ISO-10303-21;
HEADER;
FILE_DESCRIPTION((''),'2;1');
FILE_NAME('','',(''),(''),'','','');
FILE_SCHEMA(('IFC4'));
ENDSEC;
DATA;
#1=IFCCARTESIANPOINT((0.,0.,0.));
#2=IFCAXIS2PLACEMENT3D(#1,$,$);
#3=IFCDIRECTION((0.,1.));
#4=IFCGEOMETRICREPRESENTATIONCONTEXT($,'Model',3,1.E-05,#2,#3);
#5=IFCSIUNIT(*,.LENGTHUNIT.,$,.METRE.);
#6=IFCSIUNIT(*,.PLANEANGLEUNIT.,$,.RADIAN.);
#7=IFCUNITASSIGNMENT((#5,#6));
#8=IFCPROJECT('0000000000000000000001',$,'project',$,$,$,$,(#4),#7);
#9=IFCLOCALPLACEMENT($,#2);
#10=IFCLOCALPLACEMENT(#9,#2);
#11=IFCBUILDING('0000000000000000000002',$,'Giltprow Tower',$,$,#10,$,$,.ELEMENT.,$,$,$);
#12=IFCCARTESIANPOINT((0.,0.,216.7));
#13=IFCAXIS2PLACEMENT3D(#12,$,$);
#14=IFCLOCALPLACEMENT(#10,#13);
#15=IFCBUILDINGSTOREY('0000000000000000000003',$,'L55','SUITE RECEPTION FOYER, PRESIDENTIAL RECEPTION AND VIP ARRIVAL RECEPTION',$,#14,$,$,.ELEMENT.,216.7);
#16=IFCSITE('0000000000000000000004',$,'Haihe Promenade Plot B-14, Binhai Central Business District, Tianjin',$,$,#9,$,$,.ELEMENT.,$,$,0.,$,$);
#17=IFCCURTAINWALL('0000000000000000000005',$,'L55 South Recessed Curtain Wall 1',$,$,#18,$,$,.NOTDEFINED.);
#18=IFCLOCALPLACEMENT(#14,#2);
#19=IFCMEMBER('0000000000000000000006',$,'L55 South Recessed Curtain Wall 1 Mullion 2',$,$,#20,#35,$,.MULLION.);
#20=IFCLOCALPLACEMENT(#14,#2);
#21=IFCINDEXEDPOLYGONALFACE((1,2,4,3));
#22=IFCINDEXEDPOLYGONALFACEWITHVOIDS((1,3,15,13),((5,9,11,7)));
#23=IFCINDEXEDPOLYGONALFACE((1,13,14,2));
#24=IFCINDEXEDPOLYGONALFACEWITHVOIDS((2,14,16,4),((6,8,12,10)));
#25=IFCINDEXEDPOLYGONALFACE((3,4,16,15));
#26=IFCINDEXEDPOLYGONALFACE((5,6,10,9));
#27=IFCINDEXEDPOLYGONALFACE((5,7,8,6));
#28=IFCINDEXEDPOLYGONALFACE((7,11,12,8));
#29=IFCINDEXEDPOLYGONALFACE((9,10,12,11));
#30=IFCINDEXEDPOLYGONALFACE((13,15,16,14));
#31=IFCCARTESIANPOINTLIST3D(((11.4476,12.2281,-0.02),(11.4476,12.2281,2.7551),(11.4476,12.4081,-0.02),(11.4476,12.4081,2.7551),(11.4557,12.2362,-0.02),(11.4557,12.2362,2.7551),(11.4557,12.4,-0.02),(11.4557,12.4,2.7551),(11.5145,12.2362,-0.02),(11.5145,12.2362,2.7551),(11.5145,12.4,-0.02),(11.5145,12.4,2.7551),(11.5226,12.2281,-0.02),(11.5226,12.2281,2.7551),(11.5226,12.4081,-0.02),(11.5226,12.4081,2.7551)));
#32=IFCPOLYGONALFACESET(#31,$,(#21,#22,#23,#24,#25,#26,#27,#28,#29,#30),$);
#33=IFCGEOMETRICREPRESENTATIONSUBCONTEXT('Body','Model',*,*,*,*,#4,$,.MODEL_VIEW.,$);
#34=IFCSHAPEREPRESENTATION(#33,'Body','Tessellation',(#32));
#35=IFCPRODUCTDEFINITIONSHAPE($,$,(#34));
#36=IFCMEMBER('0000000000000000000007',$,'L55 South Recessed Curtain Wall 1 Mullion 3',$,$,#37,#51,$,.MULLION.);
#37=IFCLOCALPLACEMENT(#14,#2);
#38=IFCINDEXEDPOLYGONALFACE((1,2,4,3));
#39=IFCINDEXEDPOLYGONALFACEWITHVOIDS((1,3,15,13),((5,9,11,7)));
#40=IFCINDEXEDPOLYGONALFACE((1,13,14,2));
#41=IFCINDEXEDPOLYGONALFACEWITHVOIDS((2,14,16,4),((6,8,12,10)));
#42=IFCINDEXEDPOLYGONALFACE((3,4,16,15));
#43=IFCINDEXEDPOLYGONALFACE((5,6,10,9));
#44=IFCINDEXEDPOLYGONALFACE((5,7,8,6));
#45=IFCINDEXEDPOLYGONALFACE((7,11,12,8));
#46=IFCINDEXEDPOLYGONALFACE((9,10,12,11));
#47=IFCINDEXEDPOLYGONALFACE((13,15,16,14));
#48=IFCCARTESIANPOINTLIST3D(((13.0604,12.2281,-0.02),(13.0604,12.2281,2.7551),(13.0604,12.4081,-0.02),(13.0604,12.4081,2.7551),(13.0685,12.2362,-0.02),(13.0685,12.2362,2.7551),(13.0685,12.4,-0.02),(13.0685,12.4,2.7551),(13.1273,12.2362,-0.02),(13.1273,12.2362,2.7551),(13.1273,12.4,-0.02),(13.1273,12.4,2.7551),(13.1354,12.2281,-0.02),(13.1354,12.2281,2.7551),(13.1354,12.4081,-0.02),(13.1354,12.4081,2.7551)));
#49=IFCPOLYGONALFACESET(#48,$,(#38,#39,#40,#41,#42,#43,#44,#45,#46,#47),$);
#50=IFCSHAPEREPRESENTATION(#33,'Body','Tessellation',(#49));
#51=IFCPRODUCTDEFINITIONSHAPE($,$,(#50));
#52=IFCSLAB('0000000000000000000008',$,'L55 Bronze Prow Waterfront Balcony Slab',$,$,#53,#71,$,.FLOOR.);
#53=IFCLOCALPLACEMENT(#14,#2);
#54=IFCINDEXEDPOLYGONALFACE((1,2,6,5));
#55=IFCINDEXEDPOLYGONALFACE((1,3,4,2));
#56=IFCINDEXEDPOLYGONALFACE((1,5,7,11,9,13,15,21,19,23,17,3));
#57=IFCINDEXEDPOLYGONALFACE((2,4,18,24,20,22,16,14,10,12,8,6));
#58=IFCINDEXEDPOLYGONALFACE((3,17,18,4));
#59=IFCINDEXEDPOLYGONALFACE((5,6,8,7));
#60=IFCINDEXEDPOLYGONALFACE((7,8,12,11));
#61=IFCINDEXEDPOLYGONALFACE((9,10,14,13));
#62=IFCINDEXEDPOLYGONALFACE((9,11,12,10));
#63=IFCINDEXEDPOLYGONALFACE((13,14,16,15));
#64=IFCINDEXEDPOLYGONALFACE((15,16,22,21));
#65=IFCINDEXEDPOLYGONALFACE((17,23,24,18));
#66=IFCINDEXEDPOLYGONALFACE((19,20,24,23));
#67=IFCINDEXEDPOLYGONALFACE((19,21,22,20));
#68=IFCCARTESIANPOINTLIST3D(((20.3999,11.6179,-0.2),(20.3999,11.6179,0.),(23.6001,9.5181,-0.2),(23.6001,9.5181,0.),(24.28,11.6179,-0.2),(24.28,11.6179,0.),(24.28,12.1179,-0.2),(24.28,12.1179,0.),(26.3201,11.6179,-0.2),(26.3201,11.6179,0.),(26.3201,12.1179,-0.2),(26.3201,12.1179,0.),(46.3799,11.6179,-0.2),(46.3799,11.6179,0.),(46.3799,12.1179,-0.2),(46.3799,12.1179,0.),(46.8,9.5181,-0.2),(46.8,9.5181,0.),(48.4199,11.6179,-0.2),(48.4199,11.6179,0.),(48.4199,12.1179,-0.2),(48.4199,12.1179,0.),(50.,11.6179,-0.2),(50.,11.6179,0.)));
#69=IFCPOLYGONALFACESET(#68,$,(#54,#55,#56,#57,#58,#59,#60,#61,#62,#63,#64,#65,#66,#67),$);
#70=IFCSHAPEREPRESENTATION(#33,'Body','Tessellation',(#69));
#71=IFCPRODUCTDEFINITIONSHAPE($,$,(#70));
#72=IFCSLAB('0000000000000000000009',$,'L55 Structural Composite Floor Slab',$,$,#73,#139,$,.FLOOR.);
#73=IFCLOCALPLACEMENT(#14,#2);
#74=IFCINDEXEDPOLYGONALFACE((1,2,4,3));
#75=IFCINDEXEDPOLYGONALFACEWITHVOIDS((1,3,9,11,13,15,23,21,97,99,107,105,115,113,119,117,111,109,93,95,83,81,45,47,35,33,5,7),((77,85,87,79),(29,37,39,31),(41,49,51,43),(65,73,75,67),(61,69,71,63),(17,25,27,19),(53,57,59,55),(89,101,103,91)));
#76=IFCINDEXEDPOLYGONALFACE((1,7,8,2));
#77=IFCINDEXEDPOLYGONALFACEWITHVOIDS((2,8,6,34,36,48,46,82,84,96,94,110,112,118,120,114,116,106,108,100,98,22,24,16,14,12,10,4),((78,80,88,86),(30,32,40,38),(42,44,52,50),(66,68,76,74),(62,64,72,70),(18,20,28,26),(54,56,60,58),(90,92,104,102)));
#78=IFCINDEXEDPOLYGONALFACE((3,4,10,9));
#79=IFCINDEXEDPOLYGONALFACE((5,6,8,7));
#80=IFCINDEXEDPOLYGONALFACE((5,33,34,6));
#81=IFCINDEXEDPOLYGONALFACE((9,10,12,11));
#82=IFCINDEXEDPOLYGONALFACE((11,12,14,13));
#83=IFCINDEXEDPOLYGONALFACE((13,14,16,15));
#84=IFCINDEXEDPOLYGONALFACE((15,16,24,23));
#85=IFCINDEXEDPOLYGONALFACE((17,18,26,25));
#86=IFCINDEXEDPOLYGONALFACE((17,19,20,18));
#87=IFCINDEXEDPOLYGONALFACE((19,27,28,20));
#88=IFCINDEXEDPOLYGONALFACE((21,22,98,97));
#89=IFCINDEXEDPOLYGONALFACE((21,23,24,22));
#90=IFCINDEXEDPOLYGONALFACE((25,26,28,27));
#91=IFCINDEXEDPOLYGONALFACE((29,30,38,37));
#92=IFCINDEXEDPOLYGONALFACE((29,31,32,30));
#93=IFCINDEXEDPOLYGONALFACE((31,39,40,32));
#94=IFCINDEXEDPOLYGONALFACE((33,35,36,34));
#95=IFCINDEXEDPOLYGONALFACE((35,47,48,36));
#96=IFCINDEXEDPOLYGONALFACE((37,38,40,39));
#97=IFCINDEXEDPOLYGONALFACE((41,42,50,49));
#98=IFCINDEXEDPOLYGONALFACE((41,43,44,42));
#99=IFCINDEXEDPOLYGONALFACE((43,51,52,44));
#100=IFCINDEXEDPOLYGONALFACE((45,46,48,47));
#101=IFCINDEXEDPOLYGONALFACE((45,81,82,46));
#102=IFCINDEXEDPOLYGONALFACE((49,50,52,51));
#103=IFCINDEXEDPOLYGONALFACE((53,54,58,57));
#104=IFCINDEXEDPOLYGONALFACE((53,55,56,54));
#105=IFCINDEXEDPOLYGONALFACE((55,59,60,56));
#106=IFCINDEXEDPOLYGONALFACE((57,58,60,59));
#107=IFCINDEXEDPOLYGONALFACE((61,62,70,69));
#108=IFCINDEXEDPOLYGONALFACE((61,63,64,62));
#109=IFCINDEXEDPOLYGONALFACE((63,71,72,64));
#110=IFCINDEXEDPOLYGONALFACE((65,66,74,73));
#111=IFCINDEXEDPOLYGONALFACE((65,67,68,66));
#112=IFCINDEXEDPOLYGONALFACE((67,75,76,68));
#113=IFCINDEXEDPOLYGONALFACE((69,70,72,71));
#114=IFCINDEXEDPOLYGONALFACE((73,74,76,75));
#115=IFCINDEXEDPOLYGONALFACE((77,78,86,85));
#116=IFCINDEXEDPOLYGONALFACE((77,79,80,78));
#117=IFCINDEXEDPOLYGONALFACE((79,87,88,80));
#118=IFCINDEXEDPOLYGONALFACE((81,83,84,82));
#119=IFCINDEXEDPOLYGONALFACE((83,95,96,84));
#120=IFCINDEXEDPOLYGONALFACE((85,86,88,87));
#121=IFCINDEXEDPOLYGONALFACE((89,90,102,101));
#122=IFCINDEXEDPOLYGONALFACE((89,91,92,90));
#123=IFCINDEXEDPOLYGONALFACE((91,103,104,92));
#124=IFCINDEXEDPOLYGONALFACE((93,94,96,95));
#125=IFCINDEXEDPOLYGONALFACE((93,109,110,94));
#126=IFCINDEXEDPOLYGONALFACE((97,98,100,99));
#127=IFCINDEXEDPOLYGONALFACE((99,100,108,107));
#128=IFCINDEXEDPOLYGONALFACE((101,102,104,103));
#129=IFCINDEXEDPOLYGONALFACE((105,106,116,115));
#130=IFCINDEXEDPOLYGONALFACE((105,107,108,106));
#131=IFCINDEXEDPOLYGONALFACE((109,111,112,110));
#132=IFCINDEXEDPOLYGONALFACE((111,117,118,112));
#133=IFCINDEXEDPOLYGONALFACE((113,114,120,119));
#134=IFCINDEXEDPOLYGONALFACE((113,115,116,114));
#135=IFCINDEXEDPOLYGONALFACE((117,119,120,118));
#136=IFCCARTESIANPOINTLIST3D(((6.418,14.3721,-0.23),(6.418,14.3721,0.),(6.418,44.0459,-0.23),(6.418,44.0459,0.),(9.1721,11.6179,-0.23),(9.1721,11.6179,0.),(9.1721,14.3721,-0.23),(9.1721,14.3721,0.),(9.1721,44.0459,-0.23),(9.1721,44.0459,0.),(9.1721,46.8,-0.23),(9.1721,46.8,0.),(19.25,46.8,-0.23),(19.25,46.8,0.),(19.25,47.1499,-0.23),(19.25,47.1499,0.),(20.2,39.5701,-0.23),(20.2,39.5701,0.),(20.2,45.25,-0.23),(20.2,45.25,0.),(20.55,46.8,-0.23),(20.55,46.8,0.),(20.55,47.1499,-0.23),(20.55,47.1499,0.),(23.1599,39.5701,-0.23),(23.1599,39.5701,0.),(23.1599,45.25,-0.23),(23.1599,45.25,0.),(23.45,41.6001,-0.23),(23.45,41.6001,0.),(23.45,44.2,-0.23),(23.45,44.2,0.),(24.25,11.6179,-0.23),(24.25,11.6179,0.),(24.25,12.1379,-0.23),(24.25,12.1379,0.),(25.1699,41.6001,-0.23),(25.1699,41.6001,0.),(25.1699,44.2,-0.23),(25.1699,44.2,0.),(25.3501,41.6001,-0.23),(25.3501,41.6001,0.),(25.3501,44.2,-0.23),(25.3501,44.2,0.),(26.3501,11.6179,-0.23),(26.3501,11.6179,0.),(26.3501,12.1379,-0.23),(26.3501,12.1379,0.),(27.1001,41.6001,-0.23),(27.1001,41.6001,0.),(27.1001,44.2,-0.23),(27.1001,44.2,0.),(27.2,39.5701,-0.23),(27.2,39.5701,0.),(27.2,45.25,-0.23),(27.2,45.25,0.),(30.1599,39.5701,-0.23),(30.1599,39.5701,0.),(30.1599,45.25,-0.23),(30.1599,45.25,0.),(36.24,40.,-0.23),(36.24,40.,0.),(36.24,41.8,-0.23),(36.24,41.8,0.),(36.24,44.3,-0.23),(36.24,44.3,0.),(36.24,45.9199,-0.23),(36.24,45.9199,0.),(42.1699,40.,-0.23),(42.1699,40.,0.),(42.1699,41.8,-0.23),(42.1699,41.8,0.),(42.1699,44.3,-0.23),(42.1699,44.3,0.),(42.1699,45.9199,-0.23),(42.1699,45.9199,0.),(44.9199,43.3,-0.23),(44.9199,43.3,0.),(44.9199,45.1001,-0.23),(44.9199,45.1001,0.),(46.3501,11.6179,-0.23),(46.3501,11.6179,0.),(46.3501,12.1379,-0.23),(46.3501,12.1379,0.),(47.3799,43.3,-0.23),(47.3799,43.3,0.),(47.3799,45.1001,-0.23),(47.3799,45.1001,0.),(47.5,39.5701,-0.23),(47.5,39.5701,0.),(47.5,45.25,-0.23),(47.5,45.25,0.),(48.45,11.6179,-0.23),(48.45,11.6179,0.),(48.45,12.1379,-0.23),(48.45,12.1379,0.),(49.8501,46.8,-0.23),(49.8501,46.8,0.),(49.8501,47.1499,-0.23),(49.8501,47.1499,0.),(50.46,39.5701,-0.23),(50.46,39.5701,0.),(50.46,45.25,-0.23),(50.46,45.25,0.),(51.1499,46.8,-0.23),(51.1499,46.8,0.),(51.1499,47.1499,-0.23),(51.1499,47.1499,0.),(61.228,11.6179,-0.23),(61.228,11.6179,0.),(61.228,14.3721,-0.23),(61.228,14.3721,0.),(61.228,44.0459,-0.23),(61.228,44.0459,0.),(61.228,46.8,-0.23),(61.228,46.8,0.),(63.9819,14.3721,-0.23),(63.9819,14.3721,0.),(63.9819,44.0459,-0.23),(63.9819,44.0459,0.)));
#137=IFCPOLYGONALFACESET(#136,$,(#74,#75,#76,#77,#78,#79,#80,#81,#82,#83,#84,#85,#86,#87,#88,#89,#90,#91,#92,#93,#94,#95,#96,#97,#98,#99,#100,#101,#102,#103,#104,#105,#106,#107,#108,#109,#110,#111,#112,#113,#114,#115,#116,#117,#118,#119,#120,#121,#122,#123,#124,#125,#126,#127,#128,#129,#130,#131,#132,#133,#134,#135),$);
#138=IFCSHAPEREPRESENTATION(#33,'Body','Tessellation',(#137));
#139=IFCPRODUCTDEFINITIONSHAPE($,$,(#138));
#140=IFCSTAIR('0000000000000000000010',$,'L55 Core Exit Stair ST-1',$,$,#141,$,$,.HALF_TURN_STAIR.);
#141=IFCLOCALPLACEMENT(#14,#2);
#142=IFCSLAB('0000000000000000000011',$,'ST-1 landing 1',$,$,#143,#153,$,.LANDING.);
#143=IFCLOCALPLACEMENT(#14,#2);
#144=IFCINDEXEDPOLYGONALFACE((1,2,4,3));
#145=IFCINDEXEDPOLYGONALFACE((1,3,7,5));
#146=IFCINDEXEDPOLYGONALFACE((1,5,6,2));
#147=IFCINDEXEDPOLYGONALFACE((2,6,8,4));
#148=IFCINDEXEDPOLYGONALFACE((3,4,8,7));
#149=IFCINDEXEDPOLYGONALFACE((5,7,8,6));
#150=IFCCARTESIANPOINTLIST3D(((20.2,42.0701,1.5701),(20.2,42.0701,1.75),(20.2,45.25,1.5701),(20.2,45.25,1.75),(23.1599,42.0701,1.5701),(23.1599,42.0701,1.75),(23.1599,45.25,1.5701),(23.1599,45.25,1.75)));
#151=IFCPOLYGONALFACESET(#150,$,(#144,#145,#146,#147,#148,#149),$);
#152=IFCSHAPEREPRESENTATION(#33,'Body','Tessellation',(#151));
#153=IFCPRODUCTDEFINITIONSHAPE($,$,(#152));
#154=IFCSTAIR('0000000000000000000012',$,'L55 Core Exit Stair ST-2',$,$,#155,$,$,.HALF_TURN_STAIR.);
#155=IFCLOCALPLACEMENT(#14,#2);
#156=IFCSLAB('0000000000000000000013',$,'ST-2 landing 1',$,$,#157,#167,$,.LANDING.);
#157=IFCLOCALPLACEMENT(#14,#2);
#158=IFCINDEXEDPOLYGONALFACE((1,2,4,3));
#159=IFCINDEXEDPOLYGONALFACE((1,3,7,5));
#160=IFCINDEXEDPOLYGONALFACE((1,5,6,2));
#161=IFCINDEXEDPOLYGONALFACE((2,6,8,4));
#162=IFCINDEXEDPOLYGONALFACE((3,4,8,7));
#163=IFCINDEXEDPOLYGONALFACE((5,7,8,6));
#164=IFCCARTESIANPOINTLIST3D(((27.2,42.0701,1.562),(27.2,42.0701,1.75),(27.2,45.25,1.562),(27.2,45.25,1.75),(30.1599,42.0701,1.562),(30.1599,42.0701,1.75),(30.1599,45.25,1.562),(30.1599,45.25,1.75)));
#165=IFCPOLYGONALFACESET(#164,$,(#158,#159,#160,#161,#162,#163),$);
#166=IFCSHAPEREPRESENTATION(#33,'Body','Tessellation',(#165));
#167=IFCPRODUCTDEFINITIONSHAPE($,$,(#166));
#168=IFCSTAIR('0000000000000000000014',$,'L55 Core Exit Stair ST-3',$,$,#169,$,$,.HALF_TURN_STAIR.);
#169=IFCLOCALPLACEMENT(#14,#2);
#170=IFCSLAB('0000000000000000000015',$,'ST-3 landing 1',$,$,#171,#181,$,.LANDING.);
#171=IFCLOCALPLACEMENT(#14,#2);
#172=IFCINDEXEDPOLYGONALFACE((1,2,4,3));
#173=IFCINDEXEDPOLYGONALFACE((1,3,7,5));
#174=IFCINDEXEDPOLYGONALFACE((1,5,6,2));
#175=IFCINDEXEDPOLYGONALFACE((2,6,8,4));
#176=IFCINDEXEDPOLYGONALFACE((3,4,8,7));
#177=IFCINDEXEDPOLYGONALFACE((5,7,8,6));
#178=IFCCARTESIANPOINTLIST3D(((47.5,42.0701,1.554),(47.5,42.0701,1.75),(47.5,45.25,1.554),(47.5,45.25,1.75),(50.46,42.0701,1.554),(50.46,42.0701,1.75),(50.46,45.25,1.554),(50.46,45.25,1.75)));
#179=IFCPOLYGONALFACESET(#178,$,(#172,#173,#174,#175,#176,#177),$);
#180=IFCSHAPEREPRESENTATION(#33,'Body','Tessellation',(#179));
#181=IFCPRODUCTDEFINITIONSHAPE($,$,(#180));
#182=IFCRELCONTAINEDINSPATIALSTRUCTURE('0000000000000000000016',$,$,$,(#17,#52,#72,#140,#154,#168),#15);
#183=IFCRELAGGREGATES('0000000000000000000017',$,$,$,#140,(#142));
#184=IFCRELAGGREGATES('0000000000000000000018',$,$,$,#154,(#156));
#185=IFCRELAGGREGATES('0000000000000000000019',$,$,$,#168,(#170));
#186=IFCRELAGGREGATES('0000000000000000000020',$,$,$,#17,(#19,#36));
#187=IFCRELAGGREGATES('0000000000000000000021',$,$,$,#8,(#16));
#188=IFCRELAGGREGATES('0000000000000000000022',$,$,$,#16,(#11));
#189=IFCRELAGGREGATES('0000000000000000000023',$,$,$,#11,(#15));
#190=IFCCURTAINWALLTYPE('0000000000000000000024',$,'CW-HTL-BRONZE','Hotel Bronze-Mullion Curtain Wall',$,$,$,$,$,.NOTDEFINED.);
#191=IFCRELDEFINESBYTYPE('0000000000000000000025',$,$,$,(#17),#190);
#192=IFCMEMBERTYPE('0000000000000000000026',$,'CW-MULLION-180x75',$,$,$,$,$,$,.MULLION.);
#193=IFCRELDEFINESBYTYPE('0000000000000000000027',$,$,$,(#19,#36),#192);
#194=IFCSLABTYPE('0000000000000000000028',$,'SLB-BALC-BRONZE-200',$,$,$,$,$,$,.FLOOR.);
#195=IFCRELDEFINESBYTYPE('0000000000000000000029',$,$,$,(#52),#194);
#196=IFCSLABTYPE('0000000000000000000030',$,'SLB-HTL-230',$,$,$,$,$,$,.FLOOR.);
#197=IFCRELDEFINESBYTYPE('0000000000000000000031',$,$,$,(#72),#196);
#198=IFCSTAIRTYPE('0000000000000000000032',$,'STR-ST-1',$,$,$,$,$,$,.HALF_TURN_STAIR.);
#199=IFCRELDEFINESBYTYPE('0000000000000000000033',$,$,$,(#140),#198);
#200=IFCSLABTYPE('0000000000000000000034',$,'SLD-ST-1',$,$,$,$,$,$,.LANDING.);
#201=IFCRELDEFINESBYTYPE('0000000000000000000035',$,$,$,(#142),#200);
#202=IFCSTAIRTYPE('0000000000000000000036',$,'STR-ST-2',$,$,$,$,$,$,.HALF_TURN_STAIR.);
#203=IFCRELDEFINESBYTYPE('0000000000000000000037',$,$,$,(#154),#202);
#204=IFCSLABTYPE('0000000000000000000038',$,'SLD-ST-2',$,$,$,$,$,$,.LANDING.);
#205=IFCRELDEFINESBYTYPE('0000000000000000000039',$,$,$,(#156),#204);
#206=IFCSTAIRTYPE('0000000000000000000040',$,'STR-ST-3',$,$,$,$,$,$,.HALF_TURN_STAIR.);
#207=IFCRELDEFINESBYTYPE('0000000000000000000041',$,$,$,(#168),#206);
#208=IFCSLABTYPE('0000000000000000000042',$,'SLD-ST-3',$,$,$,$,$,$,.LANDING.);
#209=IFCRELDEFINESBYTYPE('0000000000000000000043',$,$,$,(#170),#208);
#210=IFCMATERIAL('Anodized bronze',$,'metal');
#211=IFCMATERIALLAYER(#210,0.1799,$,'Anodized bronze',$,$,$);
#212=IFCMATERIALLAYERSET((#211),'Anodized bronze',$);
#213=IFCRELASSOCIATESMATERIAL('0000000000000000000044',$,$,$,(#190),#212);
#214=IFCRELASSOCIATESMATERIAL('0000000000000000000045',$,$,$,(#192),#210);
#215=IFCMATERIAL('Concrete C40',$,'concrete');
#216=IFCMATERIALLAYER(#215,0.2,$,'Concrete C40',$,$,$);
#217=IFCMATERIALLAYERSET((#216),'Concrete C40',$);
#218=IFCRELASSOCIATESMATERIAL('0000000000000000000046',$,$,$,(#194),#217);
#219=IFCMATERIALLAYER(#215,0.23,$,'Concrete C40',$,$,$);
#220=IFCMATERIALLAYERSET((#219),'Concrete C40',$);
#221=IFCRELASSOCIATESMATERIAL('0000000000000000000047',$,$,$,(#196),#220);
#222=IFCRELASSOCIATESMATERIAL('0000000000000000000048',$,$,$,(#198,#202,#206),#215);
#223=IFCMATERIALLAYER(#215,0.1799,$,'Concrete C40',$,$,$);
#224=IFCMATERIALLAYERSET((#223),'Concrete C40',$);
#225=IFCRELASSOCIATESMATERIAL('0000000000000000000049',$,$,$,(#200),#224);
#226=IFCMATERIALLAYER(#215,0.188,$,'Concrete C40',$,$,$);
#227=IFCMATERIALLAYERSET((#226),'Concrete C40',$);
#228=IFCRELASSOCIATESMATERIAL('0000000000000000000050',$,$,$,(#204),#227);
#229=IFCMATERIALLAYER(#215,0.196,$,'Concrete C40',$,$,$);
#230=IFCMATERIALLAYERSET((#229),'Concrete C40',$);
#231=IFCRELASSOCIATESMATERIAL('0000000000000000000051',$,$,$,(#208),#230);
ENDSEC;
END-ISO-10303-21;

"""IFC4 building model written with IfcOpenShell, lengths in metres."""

from ifc_helpers import new_model, si_unit, direction, frame, origin, origin_2d, place, context, subcontext, project, spatial, polyline, hollow_rectangle, outline, extrude, source, transform, mapped, material, layer, layer_set, material_profile, profile_set, type_object, element, aggregate, save


model = new_model("IFC4")

# Units and contexts
model_context = context("Model", 3, precision=1e-05, world=origin(), true_north=direction((0.0, 1.0)))
body_context = subcontext(model_context, "Body", "Model", "MODEL_VIEW")
ifc_project = project(units=[si_unit("LENGTHUNIT", "METRE"), si_unit("PLANEANGLEUNIT", "RADIAN")], contexts=[model_context])

# Site, building, storey
site_placement = place(None, origin())
site = spatial("IfcSite", under=ifc_project, at=site_placement, Name="Haihe Promenade Plot B-14, Binhai Central Business District, Tianjin", CompositionType="ELEMENT", RefElevation=0.0)
building_placement = place(site_placement, origin())
building = spatial("IfcBuilding", under=site, at=building_placement, Name="Giltprow Tower", CompositionType="ELEMENT")
storey_placement = place(building_placement, frame((0.0, 0.0, 216.7)))
storey = spatial("IfcBuildingStorey", under=building, at=storey_placement, Name="L55", Description="SUITE RECEPTION FOYER, PRESIDENTIAL RECEPTION AND VIP ARRIVAL RECEPTION", CompositionType="ELEMENT", Elevation=216.7)

# Curtain wall, members
ifc_material_1 = material(Name="Anodized bronze", Category="metal")
ifc_layer_1 = layer(ifc_material_1, 0.1799, Name="Anodized bronze")
ifc_layer_set_1 = layer_set([ifc_layer_1], Name="Anodized bronze")
curtain_wall_type = type_object("IfcCurtainWallType", Name="CW-HTL-BRONZE", Description="Hotel Bronze-Mullion Curtain Wall", PredefinedType="NOTDEFINED", material=ifc_layer_set_1)
curtain_wall_placement = place(storey_placement, origin())
curtain_wall = element("IfcCurtainWall", 1, at=curtain_wall_placement, inside=storey, type_object=curtain_wall_type, Name="L55 South Recessed Curtain Wall 1", PredefinedType="NOTDEFINED")
ifc_material_profile_1 = material_profile(ifc_material_1, hollow_rectangle(XDim=0.075, YDim=0.1799, WallThickness=0.0081, at=origin_2d()), Name="RHS 180x75x8")
ifc_profile_set_1 = profile_set([ifc_material_profile_1], Name="Anodized bronze")
member_type_1 = type_object("IfcMemberType", Name="CW-MULLION-180x75", PredefinedType="MULLION", material=ifc_profile_set_1)
shared_shape_1 = source(origin(), body_context, "Body", "SweptSolid", [
    extrude(hollow_rectangle(XDim=0.075, YDim=0.1799, WallThickness=0.0081, at=origin_2d()), origin(), (0.0, 0.0, 1.0), 2.7751),
])
member_1_placement = place(storey_placement, frame((11.4851, 12.3181, -0.02), z_axis=(0.0, 0.0, 1.0), x_axis=(1.0, 0.0, 0.0)))
member_1 = element("IfcMember", 2, at=member_1_placement, type_object=member_type_1, Name="L55 South Recessed Curtain Wall 1 Mullion 2", PredefinedType="MULLION", context=body_context, shape_type="MappedRepresentation", body=[
    mapped(shared_shape_1, transform((0.0, 0.0, 0.0), x_axis=(1.0, 0.0, 0.0), y_axis=(0.0, 1.0, 0.0), z_axis=(0.0, 0.0, 1.0), scale=1.0)),
])
member_2_placement = place(storey_placement, frame((13.0979, 12.3181, -0.02), z_axis=(0.0, 0.0, 1.0), x_axis=(1.0, 0.0, 0.0)))
member_2 = element("IfcMember", 3, at=member_2_placement, type_object=member_type_1, Name="L55 South Recessed Curtain Wall 1 Mullion 3", PredefinedType="MULLION", context=body_context, shape_type="MappedRepresentation", body=[
    mapped(shared_shape_1, transform((0.0, 0.0, 0.0), x_axis=(1.0, 0.0, 0.0), y_axis=(0.0, 1.0, 0.0), z_axis=(0.0, 0.0, 1.0), scale=1.0)),
])

# Slabs
ifc_material_2 = material(Name="Concrete C40", Category="concrete")
ifc_layer_2 = layer(ifc_material_2, 0.2, Name="Concrete C40")
ifc_layer_set_2 = layer_set([ifc_layer_2], Name="Concrete C40")
slab_type_1 = type_object("IfcSlabType", Name="SLB-BALC-BRONZE-200", PredefinedType="FLOOR", material=ifc_layer_set_2)
slab_1_placement = place(storey_placement, frame((0.0, 0.0, -0.2)))
element("IfcSlab", 4, at=slab_1_placement, inside=storey, type_object=slab_type_1, Name="L55 Bronze Prow Waterfront Balcony Slab", PredefinedType="FLOOR", context=body_context, shape_type="SweptSolid", body=[
    extrude(outline(polyline([(50.0, 11.6179), (46.8, 9.5181), (23.6001, 9.5181), (20.3999, 11.6179), (24.28, 11.6179), (24.28, 12.1179), (26.3201, 12.1179), (26.3201, 11.6179), (46.3799, 11.6179), (46.3799, 12.1179), (48.4199, 12.1179), (48.4199, 11.6179), (50.0, 11.6179)])), origin(), (0.0, 0.0, 1.0), 0.2),
])
ifc_layer_3 = layer(ifc_material_2, 0.23, Name="Concrete C40")
ifc_layer_set_3 = layer_set([ifc_layer_3], Name="Concrete C40")
slab_type_2 = type_object("IfcSlabType", Name="SLB-HTL-230", PredefinedType="FLOOR", material=ifc_layer_set_3)
slab_2_placement = place(storey_placement, frame((0.0, 0.0, -0.23)))
element("IfcSlab", 5, at=slab_2_placement, inside=storey, type_object=slab_type_2, Name="L55 Structural Composite Floor Slab", PredefinedType="FLOOR", context=body_context, shape_type="SweptSolid", body=[
    extrude(outline(polyline([(63.9819, 44.0459), (63.9819, 14.3721), (61.228, 14.3721), (61.228, 11.6179), (48.45, 11.6179), (48.45, 12.1379), (46.3501, 12.1379), (46.3501, 11.6179), (26.3501, 11.6179), (26.3501, 12.1379), (24.25, 12.1379), (24.25, 11.6179), (9.1721, 11.6179), (9.1721, 14.3721), (6.418, 14.3721), (6.418, 44.0459), (9.1721, 44.0459), (9.1721, 46.8), (19.25, 46.8), (19.25, 47.1499), (20.55, 47.1499), (20.55, 46.8), (49.8501, 46.8), (49.8501, 47.1499), (51.1499, 47.1499), (51.1499, 46.8), (61.228, 46.8), (61.228, 44.0459), (63.9819, 44.0459)]), holes=[polyline([(42.1699, 41.8), (36.24, 41.8), (36.24, 40.0), (42.1699, 40.0), (42.1699, 41.8)]), polyline([(23.1599, 39.5701), (23.1599, 45.25), (20.2, 45.25), (20.2, 39.5701), (23.1599, 39.5701)]), polyline([(30.1599, 39.5701), (30.1599, 45.25), (27.2, 45.25), (27.2, 39.5701), (30.1599, 39.5701)]), polyline([(50.46, 45.25), (47.5, 45.25), (47.5, 39.5701), (50.46, 39.5701), (50.46, 45.25)]), polyline([(25.1699, 44.2), (23.45, 44.2), (23.45, 41.6001), (25.1699, 41.6001), (25.1699, 44.2)]), polyline([(27.1001, 44.2), (25.3501, 44.2), (25.3501, 41.6001), (27.1001, 41.6001), (27.1001, 44.2)]), polyline([(47.3799, 43.3), (47.3799, 45.1001), (44.9199, 45.1001), (44.9199, 43.3), (47.3799, 43.3)]), polyline([(42.1699, 44.3), (42.1699, 45.9199), (36.24, 45.9199), (36.24, 44.3), (42.1699, 44.3)])]), origin(), (0.0, 0.0, 1.0), 0.23),
])

# Stairs, slabs
stair_type_1 = type_object("IfcStairType", Name="STR-ST-1", PredefinedType="HALF_TURN_STAIR", material=ifc_material_2)
stair_1_placement = place(storey_placement, origin())
stair_1 = element("IfcStair", 6, at=stair_1_placement, inside=storey, type_object=stair_type_1, Name="L55 Core Exit Stair ST-1", PredefinedType="HALF_TURN_STAIR")
ifc_layer_4 = layer(ifc_material_2, 0.1799, Name="Concrete C40")
ifc_layer_set_4 = layer_set([ifc_layer_4], Name="Concrete C40")
slab_type_3 = type_object("IfcSlabType", Name="SLD-ST-1", PredefinedType="LANDING", material=ifc_layer_set_4)
slab_3_placement = place(storey_placement, frame((0.0, 0.0, 1.5701)))
slab_3 = element("IfcSlab", 7, at=slab_3_placement, type_object=slab_type_3, Name="ST-1 landing 1", PredefinedType="LANDING", context=body_context, shape_type="SweptSolid", body=[
    extrude(outline(polyline([(23.1599, 42.0701), (23.1599, 45.25), (20.2, 45.25), (20.2, 42.0701), (23.1599, 42.0701)])), origin(), (0.0, 0.0, 1.0), 0.1799),
])
aggregate(stair_1, [slab_3])
stair_type_2 = type_object("IfcStairType", Name="STR-ST-2", PredefinedType="HALF_TURN_STAIR", material=ifc_material_2)
stair_2_placement = place(storey_placement, origin())
stair_2 = element("IfcStair", 8, at=stair_2_placement, inside=storey, type_object=stair_type_2, Name="L55 Core Exit Stair ST-2", PredefinedType="HALF_TURN_STAIR")
ifc_layer_5 = layer(ifc_material_2, 0.188, Name="Concrete C40")
ifc_layer_set_5 = layer_set([ifc_layer_5], Name="Concrete C40")
slab_type_4 = type_object("IfcSlabType", Name="SLD-ST-2", PredefinedType="LANDING", material=ifc_layer_set_5)
slab_4_placement = place(storey_placement, frame((0.0, 0.0, 1.562)))
slab_4 = element("IfcSlab", 9, at=slab_4_placement, type_object=slab_type_4, Name="ST-2 landing 1", PredefinedType="LANDING", context=body_context, shape_type="SweptSolid", body=[
    extrude(outline(polyline([(30.1599, 42.0701), (30.1599, 45.25), (27.2, 45.25), (27.2, 42.0701), (30.1599, 42.0701)])), origin(), (0.0, 0.0, 1.0), 0.188),
])
aggregate(stair_2, [slab_4])
stair_type_3 = type_object("IfcStairType", Name="STR-ST-3", PredefinedType="HALF_TURN_STAIR", material=ifc_material_2)
stair_3_placement = place(storey_placement, origin())
stair_3 = element("IfcStair", 10, at=stair_3_placement, inside=storey, type_object=stair_type_3, Name="L55 Core Exit Stair ST-3", PredefinedType="HALF_TURN_STAIR")
ifc_layer_6 = layer(ifc_material_2, 0.196, Name="Concrete C40")
ifc_layer_set_6 = layer_set([ifc_layer_6], Name="Concrete C40")
slab_type_5 = type_object("IfcSlabType", Name="SLD-ST-3", PredefinedType="LANDING", material=ifc_layer_set_6)
slab_5_placement = place(storey_placement, frame((0.0, 0.0, 1.554)))
slab_5 = element("IfcSlab", 11, at=slab_5_placement, type_object=slab_type_5, Name="ST-3 landing 1", PredefinedType="LANDING", context=body_context, shape_type="SweptSolid", body=[
    extrude(outline(polyline([(50.46, 42.0701), (50.46, 45.25), (47.5, 45.25), (47.5, 42.0701), (50.46, 42.0701)])), origin(), (0.0, 0.0, 1.0), 0.196),
])
aggregate(stair_3, [slab_5])

aggregate(curtain_wall, [member_1, member_2])

save(model, "model.ifc")
